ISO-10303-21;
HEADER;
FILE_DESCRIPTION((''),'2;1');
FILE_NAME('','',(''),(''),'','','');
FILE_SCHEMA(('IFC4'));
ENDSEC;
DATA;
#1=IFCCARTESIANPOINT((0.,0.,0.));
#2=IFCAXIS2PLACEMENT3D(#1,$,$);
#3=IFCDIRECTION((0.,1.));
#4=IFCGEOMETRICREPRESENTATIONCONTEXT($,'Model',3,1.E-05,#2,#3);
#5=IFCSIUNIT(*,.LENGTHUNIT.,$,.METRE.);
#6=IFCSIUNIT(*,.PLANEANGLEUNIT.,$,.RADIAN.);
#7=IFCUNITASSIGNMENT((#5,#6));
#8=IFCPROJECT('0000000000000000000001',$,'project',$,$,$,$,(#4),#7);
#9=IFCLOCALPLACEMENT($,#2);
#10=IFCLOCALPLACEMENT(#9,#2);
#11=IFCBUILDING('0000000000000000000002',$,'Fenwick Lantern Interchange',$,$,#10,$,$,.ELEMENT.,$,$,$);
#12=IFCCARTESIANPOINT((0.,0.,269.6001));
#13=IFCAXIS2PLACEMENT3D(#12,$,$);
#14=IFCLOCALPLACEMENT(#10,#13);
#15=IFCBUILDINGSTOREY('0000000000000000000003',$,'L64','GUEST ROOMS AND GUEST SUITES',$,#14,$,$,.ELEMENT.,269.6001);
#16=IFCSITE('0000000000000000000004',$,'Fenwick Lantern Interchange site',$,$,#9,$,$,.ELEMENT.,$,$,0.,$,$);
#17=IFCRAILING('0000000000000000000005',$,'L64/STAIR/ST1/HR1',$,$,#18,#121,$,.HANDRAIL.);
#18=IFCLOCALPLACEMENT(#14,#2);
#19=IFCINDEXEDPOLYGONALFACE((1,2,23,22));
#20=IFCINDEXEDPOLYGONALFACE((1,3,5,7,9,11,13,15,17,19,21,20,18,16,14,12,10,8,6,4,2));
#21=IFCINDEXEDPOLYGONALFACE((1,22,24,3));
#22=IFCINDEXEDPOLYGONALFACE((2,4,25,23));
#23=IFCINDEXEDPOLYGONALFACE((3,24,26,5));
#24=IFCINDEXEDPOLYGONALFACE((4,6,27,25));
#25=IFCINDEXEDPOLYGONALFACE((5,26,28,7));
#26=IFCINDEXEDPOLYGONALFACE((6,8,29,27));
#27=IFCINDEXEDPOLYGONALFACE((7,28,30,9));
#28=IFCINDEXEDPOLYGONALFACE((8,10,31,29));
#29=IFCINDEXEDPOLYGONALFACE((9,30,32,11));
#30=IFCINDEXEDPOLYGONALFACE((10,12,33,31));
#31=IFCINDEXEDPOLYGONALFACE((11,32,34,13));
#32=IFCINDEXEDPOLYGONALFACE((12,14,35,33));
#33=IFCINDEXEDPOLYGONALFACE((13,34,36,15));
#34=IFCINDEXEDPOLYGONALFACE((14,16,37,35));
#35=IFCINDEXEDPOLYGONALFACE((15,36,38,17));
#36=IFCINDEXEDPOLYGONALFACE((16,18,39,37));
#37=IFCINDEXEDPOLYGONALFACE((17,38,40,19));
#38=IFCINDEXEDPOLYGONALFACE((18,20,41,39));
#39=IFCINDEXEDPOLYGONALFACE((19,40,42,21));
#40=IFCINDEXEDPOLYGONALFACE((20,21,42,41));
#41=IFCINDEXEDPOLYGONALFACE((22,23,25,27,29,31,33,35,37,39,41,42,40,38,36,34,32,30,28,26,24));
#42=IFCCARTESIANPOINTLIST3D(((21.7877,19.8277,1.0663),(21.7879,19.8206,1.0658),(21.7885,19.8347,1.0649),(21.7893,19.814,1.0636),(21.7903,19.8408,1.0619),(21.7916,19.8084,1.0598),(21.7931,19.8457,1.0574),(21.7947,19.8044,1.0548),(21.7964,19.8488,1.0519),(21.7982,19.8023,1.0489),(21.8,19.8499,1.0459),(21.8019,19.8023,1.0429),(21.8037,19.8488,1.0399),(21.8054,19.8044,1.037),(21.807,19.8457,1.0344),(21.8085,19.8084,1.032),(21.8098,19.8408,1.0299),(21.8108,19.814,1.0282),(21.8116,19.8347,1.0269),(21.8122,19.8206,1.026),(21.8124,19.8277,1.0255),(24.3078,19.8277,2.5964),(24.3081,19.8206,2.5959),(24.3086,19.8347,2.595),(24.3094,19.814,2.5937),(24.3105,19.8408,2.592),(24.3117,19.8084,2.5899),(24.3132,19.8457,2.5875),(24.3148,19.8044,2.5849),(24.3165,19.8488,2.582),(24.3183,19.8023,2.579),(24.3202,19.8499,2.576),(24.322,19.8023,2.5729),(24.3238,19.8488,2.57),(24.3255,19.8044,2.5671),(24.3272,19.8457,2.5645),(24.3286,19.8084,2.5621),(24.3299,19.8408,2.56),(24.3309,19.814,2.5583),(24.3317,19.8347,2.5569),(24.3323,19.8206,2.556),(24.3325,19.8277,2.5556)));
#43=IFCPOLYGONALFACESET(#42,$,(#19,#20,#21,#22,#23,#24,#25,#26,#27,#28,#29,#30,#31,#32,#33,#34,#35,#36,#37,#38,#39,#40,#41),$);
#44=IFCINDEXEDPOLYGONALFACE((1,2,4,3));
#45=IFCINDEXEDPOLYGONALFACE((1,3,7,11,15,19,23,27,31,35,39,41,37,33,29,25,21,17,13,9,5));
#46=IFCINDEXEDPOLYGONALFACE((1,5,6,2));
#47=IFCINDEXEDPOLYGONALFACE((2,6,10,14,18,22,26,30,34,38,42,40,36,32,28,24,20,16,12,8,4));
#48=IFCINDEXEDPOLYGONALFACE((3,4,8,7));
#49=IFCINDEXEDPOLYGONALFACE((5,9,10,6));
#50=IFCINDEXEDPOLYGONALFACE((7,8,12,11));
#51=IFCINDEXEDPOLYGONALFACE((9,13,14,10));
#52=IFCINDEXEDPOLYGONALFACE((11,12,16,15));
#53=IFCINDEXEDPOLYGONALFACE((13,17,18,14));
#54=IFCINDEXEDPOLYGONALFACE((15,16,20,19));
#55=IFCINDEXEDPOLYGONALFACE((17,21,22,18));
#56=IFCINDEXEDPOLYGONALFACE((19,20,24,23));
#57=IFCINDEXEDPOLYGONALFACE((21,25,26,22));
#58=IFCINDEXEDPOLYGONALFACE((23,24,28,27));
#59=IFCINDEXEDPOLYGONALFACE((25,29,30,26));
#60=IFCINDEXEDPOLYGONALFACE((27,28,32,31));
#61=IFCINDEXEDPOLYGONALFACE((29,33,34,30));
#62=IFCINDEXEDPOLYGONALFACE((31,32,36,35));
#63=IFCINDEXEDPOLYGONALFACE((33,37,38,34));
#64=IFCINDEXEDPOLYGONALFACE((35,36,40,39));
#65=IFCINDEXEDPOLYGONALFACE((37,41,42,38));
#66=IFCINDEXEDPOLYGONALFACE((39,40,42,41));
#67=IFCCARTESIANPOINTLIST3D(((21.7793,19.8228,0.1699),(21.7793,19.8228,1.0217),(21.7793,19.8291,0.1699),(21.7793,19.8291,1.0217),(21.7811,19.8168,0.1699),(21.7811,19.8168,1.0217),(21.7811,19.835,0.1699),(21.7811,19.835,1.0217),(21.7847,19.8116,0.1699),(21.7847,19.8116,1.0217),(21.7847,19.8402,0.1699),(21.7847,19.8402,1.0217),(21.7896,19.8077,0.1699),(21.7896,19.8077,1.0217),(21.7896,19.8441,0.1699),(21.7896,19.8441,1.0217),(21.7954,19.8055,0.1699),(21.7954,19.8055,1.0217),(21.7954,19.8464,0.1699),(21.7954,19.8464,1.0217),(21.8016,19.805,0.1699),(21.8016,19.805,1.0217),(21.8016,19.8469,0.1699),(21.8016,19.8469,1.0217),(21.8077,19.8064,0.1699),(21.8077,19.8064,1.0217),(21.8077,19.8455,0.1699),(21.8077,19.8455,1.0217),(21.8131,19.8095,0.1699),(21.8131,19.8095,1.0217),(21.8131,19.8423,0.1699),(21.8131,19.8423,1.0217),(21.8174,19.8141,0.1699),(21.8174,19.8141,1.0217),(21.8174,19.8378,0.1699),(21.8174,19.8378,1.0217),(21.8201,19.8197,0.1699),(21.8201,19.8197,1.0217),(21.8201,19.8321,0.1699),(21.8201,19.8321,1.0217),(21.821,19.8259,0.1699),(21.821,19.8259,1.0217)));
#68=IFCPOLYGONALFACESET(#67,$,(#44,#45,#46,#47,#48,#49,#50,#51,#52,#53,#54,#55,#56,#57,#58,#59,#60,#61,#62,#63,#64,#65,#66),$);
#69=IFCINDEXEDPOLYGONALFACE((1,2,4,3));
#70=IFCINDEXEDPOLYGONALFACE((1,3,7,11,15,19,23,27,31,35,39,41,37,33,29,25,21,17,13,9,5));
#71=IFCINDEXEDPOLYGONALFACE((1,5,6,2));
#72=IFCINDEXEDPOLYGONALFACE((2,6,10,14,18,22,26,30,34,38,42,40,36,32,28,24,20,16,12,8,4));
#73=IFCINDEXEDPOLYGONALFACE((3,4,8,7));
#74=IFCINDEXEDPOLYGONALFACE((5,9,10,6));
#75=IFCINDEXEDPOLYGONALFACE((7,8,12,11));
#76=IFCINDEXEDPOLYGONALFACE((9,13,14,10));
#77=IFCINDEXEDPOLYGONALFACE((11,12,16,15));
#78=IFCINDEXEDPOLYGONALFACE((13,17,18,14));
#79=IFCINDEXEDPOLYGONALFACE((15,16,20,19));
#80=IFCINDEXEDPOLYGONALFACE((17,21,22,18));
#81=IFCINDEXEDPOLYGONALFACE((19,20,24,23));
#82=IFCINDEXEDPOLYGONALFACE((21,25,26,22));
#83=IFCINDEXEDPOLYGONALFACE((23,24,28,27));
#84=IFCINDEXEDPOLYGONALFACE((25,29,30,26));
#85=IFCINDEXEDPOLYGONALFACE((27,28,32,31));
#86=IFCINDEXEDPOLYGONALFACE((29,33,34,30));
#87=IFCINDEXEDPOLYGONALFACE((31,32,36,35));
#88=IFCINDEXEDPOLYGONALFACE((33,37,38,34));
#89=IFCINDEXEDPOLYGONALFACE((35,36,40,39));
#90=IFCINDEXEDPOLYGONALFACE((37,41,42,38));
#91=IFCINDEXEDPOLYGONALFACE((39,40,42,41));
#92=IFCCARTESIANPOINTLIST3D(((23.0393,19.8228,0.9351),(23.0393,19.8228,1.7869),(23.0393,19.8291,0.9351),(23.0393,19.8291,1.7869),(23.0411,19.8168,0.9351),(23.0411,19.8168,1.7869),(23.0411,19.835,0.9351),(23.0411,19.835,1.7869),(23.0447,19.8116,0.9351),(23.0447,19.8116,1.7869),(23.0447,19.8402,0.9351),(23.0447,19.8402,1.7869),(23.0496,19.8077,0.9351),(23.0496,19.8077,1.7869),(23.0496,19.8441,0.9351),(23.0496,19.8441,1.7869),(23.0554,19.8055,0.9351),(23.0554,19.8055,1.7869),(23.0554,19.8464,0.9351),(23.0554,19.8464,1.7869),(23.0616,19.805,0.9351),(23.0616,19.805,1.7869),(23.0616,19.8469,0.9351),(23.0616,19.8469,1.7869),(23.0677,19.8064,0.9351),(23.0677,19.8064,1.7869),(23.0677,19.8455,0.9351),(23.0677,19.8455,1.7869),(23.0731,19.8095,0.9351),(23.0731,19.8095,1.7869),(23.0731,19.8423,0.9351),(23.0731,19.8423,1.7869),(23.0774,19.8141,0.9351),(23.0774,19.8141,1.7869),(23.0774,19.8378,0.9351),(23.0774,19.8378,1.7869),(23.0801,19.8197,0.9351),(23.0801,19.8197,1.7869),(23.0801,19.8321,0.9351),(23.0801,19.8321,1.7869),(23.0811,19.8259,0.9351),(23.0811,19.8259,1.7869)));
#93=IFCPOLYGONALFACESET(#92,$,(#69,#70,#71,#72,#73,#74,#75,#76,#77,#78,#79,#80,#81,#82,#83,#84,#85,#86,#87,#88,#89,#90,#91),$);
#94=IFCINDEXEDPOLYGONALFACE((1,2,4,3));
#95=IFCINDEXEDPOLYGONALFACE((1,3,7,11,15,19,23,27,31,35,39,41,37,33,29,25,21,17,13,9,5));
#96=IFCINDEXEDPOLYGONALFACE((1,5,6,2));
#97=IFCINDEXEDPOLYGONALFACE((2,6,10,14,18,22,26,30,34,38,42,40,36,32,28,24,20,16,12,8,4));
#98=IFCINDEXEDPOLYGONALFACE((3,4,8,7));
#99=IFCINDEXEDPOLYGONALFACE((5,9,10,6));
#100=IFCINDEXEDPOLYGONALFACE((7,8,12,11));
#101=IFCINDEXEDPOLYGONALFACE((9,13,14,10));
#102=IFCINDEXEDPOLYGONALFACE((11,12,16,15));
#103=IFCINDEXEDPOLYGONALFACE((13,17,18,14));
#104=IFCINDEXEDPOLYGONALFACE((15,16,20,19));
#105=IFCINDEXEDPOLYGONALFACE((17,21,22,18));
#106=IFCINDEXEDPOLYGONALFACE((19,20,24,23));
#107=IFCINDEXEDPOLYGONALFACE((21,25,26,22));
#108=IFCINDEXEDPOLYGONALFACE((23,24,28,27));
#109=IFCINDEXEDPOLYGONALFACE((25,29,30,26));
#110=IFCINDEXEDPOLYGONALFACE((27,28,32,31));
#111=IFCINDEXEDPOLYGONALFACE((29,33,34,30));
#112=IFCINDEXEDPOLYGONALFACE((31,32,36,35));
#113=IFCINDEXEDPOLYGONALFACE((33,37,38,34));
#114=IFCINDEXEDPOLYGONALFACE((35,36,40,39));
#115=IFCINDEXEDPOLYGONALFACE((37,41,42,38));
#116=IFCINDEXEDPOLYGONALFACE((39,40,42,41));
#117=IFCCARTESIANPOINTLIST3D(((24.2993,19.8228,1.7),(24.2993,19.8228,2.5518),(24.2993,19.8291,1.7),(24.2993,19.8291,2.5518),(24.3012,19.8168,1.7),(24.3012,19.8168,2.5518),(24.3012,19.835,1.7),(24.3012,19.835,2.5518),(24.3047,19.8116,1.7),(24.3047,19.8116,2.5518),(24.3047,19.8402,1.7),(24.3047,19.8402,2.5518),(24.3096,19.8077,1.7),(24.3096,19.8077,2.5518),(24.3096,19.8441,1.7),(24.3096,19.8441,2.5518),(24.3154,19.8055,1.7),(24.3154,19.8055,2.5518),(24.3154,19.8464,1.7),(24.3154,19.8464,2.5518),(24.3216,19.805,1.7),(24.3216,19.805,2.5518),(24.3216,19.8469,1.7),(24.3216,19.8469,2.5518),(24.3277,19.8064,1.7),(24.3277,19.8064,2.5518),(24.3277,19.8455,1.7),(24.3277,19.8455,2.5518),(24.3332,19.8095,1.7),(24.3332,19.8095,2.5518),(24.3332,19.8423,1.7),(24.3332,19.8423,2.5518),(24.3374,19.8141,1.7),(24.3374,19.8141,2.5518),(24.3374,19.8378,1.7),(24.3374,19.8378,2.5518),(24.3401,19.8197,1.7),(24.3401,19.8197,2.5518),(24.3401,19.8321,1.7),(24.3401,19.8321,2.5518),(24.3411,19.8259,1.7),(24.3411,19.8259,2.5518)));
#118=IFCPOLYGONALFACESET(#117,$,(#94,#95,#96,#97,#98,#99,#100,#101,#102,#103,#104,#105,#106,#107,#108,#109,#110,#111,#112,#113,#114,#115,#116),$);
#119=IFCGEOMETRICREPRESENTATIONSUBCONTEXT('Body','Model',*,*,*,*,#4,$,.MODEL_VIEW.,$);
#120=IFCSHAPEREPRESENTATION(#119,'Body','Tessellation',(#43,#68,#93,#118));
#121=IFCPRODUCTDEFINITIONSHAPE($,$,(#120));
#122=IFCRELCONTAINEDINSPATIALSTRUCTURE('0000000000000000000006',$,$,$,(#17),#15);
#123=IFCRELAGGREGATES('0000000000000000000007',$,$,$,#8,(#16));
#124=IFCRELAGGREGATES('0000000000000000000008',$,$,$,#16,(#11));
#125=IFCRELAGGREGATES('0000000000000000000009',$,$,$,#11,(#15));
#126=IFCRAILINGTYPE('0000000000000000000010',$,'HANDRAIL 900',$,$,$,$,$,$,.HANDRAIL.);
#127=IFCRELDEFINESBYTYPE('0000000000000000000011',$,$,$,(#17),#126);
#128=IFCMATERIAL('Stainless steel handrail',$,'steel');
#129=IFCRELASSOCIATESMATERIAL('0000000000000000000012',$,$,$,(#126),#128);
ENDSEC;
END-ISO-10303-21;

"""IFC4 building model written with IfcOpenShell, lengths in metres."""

from ifc_helpers import new_model, si_unit, direction, frame, origin, origin_2d, place, context, subcontext, project, spatial, circle, extrude, material, type_object, element, save


model = new_model("IFC4")

# Units and contexts
model_context = context("Model", 3, precision=1e-05, world=origin(), true_north=direction((0.0, 1.0)))
body_context = subcontext(model_context, "Body", "Model", "MODEL_VIEW")
ifc_project = project(units=[si_unit("LENGTHUNIT", "METRE"), si_unit("PLANEANGLEUNIT", "RADIAN")], contexts=[model_context])

# Site, building, storey
site_placement = place(None, origin())
site = spatial("IfcSite", under=ifc_project, at=site_placement, Name="Fenwick Lantern Interchange site", CompositionType="ELEMENT", RefElevation=0.0)
building_placement = place(site_placement, origin())
building = spatial("IfcBuilding", under=site, at=building_placement, Name="Fenwick Lantern Interchange", CompositionType="ELEMENT")
storey_placement = place(building_placement, frame((0.0, 0.0, 269.6001)))
storey = spatial("IfcBuildingStorey", under=building, at=storey_placement, Name="L64", Description="GUEST ROOMS AND GUEST SUITES", CompositionType="ELEMENT", Elevation=269.6001)

# Railing
ifc_material_1 = material(Name="Stainless steel handrail", Category="steel")
railing_type = type_object("IfcRailingType", Name="HANDRAIL 900", PredefinedType="HANDRAIL", material=ifc_material_1)
railing_1_placement = place(storey_placement, frame((21.8, 19.8259, 0.1699)))
element("IfcRailing", 1, at=railing_1_placement, inside=storey, type_object=railing_type, Name="L64/STAIR/ST1/HR1", PredefinedType="HANDRAIL", context=body_context, shape_type="SweptSolid", body=[
    extrude(circle(Radius=0.0239, at=origin_2d()), frame((0.0, 0.0, 0.876), z_axis=(0.854785, 0.0, 0.518982), x_axis=(0.0, 1.0, 0.0)), (0.0, 0.0, 1.0), 2.9482),
    extrude(circle(Radius=0.021, at=origin_2d()), origin(), (0.0, 0.0, 1.0), 0.8518),
    extrude(circle(Radius=0.021, at=origin_2d()), frame((1.26, 0.0, 0.7651)), (0.0, 0.0, 1.0), 0.8518),
    extrude(circle(Radius=0.021, at=origin_2d()), frame((2.52, 0.0, 1.53)), (0.0, 0.0, 1.0), 0.8518),
])

save(model, "model.ifc")
